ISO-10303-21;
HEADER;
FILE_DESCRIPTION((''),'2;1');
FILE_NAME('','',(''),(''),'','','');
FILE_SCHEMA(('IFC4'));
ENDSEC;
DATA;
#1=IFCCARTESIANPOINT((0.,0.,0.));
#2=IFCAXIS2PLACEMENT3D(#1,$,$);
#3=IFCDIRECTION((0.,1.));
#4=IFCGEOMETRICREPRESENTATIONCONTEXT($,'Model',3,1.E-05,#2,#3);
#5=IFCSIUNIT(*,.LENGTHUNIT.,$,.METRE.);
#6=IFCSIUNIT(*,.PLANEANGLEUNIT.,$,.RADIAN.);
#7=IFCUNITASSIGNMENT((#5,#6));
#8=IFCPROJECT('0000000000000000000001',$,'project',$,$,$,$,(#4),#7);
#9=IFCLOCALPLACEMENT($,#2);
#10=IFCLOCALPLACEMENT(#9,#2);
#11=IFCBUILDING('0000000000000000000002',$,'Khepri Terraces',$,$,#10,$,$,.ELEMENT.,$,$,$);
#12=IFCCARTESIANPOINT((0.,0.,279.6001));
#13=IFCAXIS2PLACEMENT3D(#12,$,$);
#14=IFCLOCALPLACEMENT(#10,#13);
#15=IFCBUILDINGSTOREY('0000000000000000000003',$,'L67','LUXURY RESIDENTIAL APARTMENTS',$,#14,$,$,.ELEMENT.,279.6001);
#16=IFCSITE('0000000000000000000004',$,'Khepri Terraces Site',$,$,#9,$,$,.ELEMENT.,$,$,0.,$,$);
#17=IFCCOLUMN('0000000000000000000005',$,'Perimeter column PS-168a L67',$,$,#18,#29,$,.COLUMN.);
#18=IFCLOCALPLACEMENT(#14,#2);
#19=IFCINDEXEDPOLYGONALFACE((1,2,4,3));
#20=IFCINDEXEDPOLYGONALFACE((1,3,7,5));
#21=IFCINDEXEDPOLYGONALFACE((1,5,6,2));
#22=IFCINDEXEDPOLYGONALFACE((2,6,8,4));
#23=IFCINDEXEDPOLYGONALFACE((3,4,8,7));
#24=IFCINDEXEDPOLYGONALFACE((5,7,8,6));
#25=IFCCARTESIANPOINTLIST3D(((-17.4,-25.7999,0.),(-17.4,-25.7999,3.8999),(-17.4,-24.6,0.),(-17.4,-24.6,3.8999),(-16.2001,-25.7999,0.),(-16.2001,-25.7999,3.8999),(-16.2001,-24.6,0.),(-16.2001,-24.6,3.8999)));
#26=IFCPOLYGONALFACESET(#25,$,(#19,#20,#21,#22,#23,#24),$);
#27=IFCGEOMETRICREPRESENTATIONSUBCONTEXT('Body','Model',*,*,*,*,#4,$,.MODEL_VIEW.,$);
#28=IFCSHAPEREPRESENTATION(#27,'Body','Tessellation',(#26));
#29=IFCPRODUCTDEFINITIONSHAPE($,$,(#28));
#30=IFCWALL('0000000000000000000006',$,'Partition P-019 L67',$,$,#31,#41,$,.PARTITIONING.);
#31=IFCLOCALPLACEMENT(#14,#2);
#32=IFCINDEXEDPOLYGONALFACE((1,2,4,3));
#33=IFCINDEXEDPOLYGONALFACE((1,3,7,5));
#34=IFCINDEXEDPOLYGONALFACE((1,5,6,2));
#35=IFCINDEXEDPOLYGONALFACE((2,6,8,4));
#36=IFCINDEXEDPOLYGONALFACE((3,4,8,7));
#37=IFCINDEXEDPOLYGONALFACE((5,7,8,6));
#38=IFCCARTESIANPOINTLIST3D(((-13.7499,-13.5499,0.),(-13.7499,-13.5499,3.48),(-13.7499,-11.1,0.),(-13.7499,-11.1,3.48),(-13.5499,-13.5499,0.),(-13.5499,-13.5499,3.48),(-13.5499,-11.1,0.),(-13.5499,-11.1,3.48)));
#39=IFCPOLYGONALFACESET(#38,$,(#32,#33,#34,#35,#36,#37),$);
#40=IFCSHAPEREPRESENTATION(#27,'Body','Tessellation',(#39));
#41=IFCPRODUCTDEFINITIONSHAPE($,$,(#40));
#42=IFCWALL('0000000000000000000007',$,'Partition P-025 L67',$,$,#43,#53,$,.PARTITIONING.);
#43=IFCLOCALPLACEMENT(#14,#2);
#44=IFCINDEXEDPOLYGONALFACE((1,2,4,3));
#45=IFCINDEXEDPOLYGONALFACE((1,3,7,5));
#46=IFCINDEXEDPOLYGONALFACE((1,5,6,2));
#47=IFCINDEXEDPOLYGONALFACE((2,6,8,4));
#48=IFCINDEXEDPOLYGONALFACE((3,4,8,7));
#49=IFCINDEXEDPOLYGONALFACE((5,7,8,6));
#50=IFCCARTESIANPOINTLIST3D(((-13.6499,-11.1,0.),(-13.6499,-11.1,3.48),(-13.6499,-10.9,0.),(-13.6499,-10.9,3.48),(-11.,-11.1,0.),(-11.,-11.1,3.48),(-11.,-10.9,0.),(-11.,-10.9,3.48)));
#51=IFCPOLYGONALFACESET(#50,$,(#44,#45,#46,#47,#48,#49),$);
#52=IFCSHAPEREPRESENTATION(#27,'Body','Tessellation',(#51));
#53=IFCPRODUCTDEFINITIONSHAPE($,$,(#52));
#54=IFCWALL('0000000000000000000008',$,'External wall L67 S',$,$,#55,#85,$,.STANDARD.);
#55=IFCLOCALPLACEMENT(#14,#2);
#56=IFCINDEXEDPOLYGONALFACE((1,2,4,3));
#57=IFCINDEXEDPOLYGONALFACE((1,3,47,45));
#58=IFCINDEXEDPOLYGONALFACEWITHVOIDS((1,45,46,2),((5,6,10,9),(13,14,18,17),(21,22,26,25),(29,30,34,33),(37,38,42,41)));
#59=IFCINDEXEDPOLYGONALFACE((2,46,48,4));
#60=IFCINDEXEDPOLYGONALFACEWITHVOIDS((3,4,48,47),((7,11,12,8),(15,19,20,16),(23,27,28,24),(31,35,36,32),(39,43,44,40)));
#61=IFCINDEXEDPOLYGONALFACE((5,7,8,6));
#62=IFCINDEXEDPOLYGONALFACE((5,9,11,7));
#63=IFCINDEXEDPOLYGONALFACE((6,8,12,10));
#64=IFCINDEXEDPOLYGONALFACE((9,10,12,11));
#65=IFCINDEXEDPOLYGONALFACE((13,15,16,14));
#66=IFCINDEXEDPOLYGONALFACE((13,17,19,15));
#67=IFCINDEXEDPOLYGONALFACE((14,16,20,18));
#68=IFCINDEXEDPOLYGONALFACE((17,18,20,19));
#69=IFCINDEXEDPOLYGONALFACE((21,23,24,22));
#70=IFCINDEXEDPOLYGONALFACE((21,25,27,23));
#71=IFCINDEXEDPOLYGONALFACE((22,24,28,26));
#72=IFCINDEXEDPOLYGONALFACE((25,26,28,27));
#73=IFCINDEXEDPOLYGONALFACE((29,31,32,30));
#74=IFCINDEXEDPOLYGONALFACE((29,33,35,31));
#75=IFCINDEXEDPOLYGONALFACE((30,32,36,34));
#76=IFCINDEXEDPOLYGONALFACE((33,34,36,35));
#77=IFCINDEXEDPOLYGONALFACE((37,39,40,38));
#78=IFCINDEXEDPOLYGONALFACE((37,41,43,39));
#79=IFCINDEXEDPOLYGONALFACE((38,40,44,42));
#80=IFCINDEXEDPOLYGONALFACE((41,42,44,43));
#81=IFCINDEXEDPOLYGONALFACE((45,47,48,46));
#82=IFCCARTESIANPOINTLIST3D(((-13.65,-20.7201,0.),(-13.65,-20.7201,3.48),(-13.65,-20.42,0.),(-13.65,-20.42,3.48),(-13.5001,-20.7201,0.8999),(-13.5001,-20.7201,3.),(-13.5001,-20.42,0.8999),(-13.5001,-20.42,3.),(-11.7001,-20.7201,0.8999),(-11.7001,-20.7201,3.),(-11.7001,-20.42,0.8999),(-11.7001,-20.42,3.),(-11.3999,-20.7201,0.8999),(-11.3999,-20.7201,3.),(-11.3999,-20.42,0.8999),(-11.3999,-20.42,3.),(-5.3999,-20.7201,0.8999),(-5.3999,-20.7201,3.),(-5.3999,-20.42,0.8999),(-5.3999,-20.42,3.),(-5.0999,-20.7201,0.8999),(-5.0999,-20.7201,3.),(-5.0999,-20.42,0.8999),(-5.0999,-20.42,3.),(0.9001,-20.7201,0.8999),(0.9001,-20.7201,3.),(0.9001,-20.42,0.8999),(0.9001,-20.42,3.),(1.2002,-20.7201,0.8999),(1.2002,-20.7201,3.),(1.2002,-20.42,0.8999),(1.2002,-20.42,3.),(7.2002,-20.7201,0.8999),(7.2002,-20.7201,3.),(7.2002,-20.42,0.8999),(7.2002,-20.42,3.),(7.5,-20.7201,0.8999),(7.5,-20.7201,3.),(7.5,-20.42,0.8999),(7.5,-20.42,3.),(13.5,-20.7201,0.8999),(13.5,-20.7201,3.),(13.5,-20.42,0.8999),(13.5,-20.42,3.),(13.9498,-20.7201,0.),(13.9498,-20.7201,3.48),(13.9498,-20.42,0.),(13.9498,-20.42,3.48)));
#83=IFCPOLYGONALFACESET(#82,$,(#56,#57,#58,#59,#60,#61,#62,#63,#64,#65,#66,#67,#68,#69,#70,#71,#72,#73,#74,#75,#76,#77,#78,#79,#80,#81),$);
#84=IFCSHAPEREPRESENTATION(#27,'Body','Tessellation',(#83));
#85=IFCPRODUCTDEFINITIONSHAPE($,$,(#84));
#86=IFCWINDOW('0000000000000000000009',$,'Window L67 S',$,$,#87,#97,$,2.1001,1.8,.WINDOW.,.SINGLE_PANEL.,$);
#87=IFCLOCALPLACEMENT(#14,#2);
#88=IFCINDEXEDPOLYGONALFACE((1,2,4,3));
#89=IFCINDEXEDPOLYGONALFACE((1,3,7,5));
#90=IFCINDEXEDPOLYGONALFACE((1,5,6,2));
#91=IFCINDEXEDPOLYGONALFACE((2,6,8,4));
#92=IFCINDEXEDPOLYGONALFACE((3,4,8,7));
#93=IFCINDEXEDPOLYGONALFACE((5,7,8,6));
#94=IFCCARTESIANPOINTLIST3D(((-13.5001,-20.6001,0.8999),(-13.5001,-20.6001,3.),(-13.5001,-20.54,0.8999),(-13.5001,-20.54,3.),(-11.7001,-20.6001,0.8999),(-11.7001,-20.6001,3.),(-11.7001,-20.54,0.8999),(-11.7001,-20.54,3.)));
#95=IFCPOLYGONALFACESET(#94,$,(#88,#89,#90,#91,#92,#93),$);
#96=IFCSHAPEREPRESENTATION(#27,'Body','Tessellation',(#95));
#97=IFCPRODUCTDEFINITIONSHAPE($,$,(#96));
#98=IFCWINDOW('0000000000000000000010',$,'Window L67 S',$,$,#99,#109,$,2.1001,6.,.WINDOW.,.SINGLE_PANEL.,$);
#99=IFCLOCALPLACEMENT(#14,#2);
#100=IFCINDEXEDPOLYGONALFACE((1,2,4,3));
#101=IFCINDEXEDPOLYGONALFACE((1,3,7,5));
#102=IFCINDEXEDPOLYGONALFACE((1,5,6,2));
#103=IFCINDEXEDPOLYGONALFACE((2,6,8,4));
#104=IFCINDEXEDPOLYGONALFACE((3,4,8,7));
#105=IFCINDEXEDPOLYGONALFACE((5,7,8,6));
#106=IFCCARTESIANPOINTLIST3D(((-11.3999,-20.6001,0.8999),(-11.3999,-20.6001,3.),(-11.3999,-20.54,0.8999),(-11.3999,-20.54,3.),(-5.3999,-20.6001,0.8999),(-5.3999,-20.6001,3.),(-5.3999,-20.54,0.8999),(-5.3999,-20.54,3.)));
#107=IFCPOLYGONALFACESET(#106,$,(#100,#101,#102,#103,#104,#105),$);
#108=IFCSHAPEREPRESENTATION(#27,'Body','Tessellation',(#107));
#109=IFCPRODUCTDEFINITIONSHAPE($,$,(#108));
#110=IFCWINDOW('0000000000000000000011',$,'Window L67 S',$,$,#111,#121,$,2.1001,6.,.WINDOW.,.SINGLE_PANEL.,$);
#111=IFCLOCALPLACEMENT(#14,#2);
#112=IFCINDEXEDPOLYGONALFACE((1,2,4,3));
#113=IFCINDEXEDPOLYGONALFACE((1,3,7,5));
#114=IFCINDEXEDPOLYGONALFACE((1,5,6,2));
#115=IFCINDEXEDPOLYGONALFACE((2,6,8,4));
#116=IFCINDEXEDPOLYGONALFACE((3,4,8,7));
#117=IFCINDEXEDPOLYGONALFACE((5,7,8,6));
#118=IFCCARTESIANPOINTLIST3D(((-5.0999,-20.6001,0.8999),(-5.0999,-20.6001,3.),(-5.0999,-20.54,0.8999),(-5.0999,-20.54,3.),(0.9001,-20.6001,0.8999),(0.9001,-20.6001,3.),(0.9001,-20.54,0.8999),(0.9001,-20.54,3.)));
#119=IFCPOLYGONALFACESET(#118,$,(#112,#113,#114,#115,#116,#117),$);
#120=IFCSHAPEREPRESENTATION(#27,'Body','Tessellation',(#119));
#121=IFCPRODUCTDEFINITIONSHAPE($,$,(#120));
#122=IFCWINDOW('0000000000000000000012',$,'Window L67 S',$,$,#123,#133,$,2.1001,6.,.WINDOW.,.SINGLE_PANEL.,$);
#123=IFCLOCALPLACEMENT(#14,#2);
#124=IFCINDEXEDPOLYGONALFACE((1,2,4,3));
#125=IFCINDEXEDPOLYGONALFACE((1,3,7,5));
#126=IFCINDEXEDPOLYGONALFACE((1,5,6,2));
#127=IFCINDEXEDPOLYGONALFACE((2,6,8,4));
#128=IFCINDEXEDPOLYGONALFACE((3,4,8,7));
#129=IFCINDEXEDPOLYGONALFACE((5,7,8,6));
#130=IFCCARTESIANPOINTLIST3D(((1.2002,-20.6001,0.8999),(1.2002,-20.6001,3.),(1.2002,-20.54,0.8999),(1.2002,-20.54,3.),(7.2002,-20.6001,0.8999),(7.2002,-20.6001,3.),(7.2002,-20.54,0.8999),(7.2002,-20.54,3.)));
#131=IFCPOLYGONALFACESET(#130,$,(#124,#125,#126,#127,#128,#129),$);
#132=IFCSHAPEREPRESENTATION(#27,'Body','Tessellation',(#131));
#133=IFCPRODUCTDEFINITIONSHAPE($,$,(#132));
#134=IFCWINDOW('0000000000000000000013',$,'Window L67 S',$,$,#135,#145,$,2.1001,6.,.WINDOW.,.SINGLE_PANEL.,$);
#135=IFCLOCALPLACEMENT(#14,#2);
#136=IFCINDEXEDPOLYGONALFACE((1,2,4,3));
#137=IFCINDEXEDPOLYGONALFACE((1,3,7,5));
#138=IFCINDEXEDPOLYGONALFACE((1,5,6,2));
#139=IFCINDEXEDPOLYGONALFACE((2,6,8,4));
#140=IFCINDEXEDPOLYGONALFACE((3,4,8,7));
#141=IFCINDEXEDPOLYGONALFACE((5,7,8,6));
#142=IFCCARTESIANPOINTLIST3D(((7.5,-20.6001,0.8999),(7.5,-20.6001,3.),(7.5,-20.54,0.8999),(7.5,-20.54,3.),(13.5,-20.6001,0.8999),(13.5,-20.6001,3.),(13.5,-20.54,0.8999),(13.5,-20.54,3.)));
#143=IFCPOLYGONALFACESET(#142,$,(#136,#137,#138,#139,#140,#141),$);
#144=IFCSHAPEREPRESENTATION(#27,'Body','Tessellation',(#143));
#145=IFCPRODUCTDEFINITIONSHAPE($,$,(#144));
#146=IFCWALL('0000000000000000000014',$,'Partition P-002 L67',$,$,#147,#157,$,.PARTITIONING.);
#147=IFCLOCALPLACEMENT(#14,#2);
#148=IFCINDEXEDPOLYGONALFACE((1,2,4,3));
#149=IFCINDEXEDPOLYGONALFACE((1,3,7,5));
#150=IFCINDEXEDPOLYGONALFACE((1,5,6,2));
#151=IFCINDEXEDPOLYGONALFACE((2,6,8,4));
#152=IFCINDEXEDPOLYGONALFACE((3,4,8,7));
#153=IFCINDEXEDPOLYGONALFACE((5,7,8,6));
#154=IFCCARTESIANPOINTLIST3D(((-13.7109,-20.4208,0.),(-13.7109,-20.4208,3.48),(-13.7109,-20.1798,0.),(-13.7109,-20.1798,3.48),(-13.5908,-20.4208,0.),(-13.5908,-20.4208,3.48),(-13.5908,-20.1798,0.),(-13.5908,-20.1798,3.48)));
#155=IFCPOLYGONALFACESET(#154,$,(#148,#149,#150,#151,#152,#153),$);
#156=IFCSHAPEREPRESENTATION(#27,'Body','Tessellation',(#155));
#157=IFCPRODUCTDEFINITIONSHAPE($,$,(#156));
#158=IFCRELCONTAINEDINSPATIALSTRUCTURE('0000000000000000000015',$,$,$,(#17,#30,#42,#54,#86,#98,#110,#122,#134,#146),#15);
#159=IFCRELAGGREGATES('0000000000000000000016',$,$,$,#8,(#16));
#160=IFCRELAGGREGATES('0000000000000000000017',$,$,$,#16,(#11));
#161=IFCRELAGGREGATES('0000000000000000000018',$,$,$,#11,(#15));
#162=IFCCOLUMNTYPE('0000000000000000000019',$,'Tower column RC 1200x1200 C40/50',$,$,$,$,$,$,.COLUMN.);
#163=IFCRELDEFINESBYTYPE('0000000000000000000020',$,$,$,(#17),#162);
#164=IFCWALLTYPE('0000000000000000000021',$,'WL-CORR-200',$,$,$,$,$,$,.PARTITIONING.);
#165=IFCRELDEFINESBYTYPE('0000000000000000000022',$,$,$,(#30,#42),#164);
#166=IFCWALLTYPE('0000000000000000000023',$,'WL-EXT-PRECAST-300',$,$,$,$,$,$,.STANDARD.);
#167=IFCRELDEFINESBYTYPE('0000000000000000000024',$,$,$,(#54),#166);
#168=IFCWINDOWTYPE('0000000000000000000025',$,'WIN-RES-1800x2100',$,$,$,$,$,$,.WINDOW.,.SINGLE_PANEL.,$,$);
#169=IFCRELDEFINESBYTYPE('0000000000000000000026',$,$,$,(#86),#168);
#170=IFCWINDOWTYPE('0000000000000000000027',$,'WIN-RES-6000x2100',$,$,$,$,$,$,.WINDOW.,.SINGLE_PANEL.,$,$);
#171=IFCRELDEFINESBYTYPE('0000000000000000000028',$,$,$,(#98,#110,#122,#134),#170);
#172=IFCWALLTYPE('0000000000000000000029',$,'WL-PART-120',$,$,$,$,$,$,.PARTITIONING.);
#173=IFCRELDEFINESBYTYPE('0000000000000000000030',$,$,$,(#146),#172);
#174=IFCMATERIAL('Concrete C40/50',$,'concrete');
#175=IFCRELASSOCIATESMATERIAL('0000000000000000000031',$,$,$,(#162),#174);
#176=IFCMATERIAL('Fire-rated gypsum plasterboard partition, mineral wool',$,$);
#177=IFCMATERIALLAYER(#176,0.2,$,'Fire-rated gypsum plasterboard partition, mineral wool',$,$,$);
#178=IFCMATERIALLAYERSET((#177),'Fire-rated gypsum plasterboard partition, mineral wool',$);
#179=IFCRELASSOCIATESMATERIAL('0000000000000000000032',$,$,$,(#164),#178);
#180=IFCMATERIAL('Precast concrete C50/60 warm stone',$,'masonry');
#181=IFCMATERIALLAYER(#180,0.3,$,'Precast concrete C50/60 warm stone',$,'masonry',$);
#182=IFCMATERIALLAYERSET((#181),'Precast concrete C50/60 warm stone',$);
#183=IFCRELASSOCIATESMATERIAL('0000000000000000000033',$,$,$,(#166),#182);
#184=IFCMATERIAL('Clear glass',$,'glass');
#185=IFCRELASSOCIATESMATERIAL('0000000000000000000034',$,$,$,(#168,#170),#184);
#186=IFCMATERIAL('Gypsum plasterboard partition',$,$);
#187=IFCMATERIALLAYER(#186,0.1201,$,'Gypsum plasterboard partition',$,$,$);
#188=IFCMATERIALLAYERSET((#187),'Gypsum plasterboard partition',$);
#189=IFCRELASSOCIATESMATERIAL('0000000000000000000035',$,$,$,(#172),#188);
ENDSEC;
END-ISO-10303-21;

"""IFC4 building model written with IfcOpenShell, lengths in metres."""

from ifc_helpers import new_model, si_unit, direction, frame, frame_2d, origin, origin_2d, place, context, subcontext, project, spatial, rectangle, extrude, material, layer, layer_set, material_profile, profile_set, type_object, element, fill, save


model = new_model("IFC4")

# Units and contexts
model_context = context("Model", 3, precision=1e-05, world=origin(), true_north=direction((0.0, 1.0)))
body_context = subcontext(model_context, "Body", "Model", "MODEL_VIEW")
ifc_project = project(units=[si_unit("LENGTHUNIT", "METRE"), si_unit("PLANEANGLEUNIT", "RADIAN")], contexts=[model_context])

# Site, building, storey
site_placement = place(None, origin())
site = spatial("IfcSite", under=ifc_project, at=site_placement, Name="Khepri Terraces Site", CompositionType="ELEMENT", RefElevation=0.0)
building_placement = place(site_placement, origin())
building = spatial("IfcBuilding", under=site, at=building_placement, Name="Khepri Terraces", CompositionType="ELEMENT")
storey_placement = place(building_placement, frame((0.0, 0.0, 279.6001)))
storey = spatial("IfcBuildingStorey", under=building, at=storey_placement, Name="L67", Description="LUXURY RESIDENTIAL APARTMENTS", CompositionType="ELEMENT", Elevation=279.6001)

# Column
ifc_material_1 = material(Name="Concrete C40/50", Category="concrete")
ifc_material_profile = material_profile(ifc_material_1, rectangle(XDim=1.2, YDim=1.2, at=origin_2d()), Name="Concrete C40/50", Category="concrete")
ifc_profile_set = profile_set([ifc_material_profile], Name="Concrete C40/50")
column_type = type_object("IfcColumnType", Name="Tower column RC 1200x1200 C40/50", PredefinedType="COLUMN", material=ifc_profile_set)
column_placement = place(storey_placement, frame((-16.8, -25.2, 0.0), z_axis=(0.0, 0.0, 1.0), x_axis=(1.0, 0.0, 0.0)))
element("IfcColumn", 1, at=column_placement, inside=storey, type_object=column_type, Name="Perimeter column PS-168a L67", PredefinedType="COLUMN", context=body_context, shape_type="SweptSolid", body=[
    extrude(rectangle(XDim=1.2, YDim=1.2, at=origin_2d()), origin(), (0.0, 0.0, 1.0), 3.8999),
])

# Walls
ifc_material_2 = material(Name="Fire-rated gypsum plasterboard partition, mineral wool")
ifc_layer_1 = layer(ifc_material_2, 0.2, Name="Fire-rated gypsum plasterboard partition, mineral wool")
ifc_layer_set_1 = layer_set([ifc_layer_1], Name="Fire-rated gypsum plasterboard partition, mineral wool")
wall_type_1 = type_object("IfcWallType", Name="WL-CORR-200", PredefinedType="PARTITIONING", material=ifc_layer_set_1)
wall_1_placement = place(storey_placement, frame((-13.6499, -13.55, 0.0), z_axis=(0.0, 0.0, 1.0), x_axis=(0.0, 1.0, 0.0)))
element("IfcWall", 2, at=wall_1_placement, inside=storey, type_object=wall_type_1, Name="Partition P-019 L67", PredefinedType="PARTITIONING", context=body_context, shape_type="SweptSolid", body=[
    extrude(rectangle(XDim=2.45, YDim=0.2, at=frame_2d((1.2251, 0.0))), origin(), (0.0, 0.0, 1.0), 3.48),
])
wall_2_placement = place(storey_placement, frame((-13.6499, -11.0, 0.0), z_axis=(0.0, 0.0, 1.0), x_axis=(1.0, 0.0, 0.0)))
element("IfcWall", 3, at=wall_2_placement, inside=storey, type_object=wall_type_1, Name="Partition P-025 L67", PredefinedType="PARTITIONING", context=body_context, shape_type="SweptSolid", body=[
    extrude(rectangle(XDim=2.6499, YDim=0.2, at=frame_2d((1.325, 0.0))), origin(), (0.0, 0.0, 1.0), 3.48),
])

# Shared definitions
ifc_material_3 = material(Name="Precast concrete C50/60 warm stone", Category="masonry")
ifc_layer_2 = layer(ifc_material_3, 0.3, Name="Precast concrete C50/60 warm stone", Category="masonry")
ifc_layer_set_2 = layer_set([ifc_layer_2], Name="Precast concrete C50/60 warm stone")
wall_type_2 = type_object("IfcWallType", Name="WL-EXT-PRECAST-300", PredefinedType="STANDARD", material=ifc_layer_set_2)

# Wall, openings, windows
wall_3_placement = place(storey_placement, frame((-13.6499, -20.5701, 0.0), z_axis=(0.0, 0.0, 1.0), x_axis=(1.0, 0.0, 0.0)))
wall_3 = element("IfcWall", 4, at=wall_3_placement, inside=storey, type_object=wall_type_2, Name="External wall L67 S", PredefinedType="STANDARD", context=body_context, shape_type="SweptSolid", body=[
    extrude(rectangle(XDim=27.5999, YDim=0.3, at=frame_2d((13.7998, 0.0))), origin(), (0.0, 0.0, 1.0), 3.48),
])
opening_1_placement = place(wall_3_placement, frame((0.1499, 0.0, 0.8999)))
opening_1 = element("IfcOpeningElement", 5, at=opening_1_placement, cuts=wall_3, PredefinedType="OPENING", context=body_context, shape_type="SweptSolid", body=[
    extrude(rectangle(XDim=1.8, YDim=2.1001, at=frame_2d((0.8999, 1.05))), frame((0.0, 0.1602, 0.0), z_axis=(0.0, -1.0, 0.0), x_axis=(1.0, 0.0, 0.0)), (0.0, 0.0, 1.0), 0.3201),
])
opening_2_placement = place(wall_3_placement, frame((2.25, 0.0, 0.8999)))
opening_2 = element("IfcOpeningElement", 6, at=opening_2_placement, cuts=wall_3, PredefinedType="OPENING", context=body_context, shape_type="SweptSolid", body=[
    extrude(rectangle(XDim=6.0, YDim=2.1001, at=frame_2d((3.0, 1.05))), frame((0.0, 0.1602, 0.0), z_axis=(0.0, -1.0, 0.0), x_axis=(1.0, 0.0, 0.0)), (0.0, 0.0, 1.0), 0.3201),
])
opening_3_placement = place(wall_3_placement, frame((8.55, 0.0, 0.8999)))
opening_3 = element("IfcOpeningElement", 7, at=opening_3_placement, cuts=wall_3, PredefinedType="OPENING", context=body_context, shape_type="SweptSolid", body=[
    extrude(rectangle(XDim=6.0, YDim=2.1001, at=frame_2d((3.0, 1.05))), frame((0.0, 0.1602, 0.0), z_axis=(0.0, -1.0, 0.0), x_axis=(1.0, 0.0, 0.0)), (0.0, 0.0, 1.0), 0.3201),
])
opening_4_placement = place(wall_3_placement, frame((14.8501, 0.0, 0.8999)))
opening_4 = element("IfcOpeningElement", 8, at=opening_4_placement, cuts=wall_3, PredefinedType="OPENING", context=body_context, shape_type="SweptSolid", body=[
    extrude(rectangle(XDim=6.0, YDim=2.1001, at=frame_2d((3.0, 1.05))), frame((0.0, 0.1602, 0.0), z_axis=(0.0, -1.0, 0.0), x_axis=(1.0, 0.0, 0.0)), (0.0, 0.0, 1.0), 0.3201),
])
opening_5_placement = place(wall_3_placement, frame((21.1499, 0.0, 0.8999)))
opening_5 = element("IfcOpeningElement", 9, at=opening_5_placement, cuts=wall_3, PredefinedType="OPENING", context=body_context, shape_type="SweptSolid", body=[
    extrude(rectangle(XDim=6.0, YDim=2.1001, at=frame_2d((3.0, 1.05))), frame((0.0, 0.1602, 0.0), z_axis=(0.0, -1.0, 0.0), x_axis=(1.0, 0.0, 0.0)), (0.0, 0.0, 1.0), 0.3201),
])
ifc_material_4 = material(Name="Clear glass", Category="glass")
window_type_1 = type_object("IfcWindowType", Name="WIN-RES-1800x2100", PartitioningType="SINGLE_PANEL", PredefinedType="WINDOW", material=ifc_material_4)
window_1_placement = place(opening_1_placement, origin())
window_1 = element("IfcWindow", 10, at=window_1_placement, inside=storey, type_object=window_type_1, Name="Window L67 S", OverallHeight=2.1001, OverallWidth=1.8, PartitioningType="SINGLE_PANEL", PredefinedType="WINDOW", context=body_context, shape_type="SweptSolid", body=[
    extrude(rectangle(XDim=1.8, YDim=2.1001, at=frame_2d((0.8999, 1.05))), frame((0.0, 0.03, 0.0), z_axis=(0.0, -1.0, 0.0), x_axis=(1.0, 0.0, 0.0)), (0.0, 0.0, 1.0), 0.0601),
])
fill(opening_1, window_1)
window_type_2 = type_object("IfcWindowType", Name="WIN-RES-6000x2100", PartitioningType="SINGLE_PANEL", PredefinedType="WINDOW", material=ifc_material_4)
window_2_placement = place(opening_2_placement, origin())
window_2 = element("IfcWindow", 11, at=window_2_placement, inside=storey, type_object=window_type_2, Name="Window L67 S", OverallHeight=2.1001, OverallWidth=6.0, PartitioningType="SINGLE_PANEL", PredefinedType="WINDOW", context=body_context, shape_type="SweptSolid", body=[
    extrude(rectangle(XDim=6.0, YDim=2.1001, at=frame_2d((3.0, 1.05))), frame((0.0, 0.03, 0.0), z_axis=(0.0, -1.0, 0.0), x_axis=(1.0, 0.0, 0.0)), (0.0, 0.0, 1.0), 0.0601),
])
fill(opening_2, window_2)
window_3_placement = place(opening_3_placement, origin())
window_3 = element("IfcWindow", 12, at=window_3_placement, inside=storey, type_object=window_type_2, Name="Window L67 S", OverallHeight=2.1001, OverallWidth=6.0, PartitioningType="SINGLE_PANEL", PredefinedType="WINDOW", context=body_context, shape_type="SweptSolid", body=[
    extrude(rectangle(XDim=6.0, YDim=2.1001, at=frame_2d((3.0, 1.05))), frame((0.0, 0.03, 0.0), z_axis=(0.0, -1.0, 0.0), x_axis=(1.0, 0.0, 0.0)), (0.0, 0.0, 1.0), 0.0601),
])
fill(opening_3, window_3)
window_4_placement = place(opening_4_placement, origin())
window_4 = element("IfcWindow", 13, at=window_4_placement, inside=storey, type_object=window_type_2, Name="Window L67 S", OverallHeight=2.1001, OverallWidth=6.0, PartitioningType="SINGLE_PANEL", PredefinedType="WINDOW", context=body_context, shape_type="SweptSolid", body=[
    extrude(rectangle(XDim=6.0, YDim=2.1001, at=frame_2d((3.0, 1.05))), frame((0.0, 0.03, 0.0), z_axis=(0.0, -1.0, 0.0), x_axis=(1.0, 0.0, 0.0)), (0.0, 0.0, 1.0), 0.0601),
])
fill(opening_4, window_4)
window_5_placement = place(opening_5_placement, origin())
window_5 = element("IfcWindow", 14, at=window_5_placement, inside=storey, type_object=window_type_2, Name="Window L67 S", OverallHeight=2.1001, OverallWidth=6.0, PartitioningType="SINGLE_PANEL", PredefinedType="WINDOW", context=body_context, shape_type="SweptSolid", body=[
    extrude(rectangle(XDim=6.0, YDim=2.1001, at=frame_2d((3.0, 1.05))), frame((0.0, 0.03, 0.0), z_axis=(0.0, -1.0, 0.0), x_axis=(1.0, 0.0, 0.0)), (0.0, 0.0, 1.0), 0.0601),
])
fill(opening_5, window_5)

# Wall
ifc_material_5 = material(Name="Gypsum plasterboard partition")
ifc_layer_3 = layer(ifc_material_5, 0.1201, Name="Gypsum plasterboard partition")
ifc_layer_set_3 = layer_set([ifc_layer_3], Name="Gypsum plasterboard partition")
wall_type_3 = type_object("IfcWallType", Name="WL-PART-120", PredefinedType="PARTITIONING", material=ifc_layer_set_3)
wall_4_placement = place(storey_placement, frame((-13.6509, -20.4209, 0.0), z_axis=(0.0, 0.0, 1.0), x_axis=(0.0, 1.0, 0.0)))
element("IfcWall", 15, at=wall_4_placement, inside=storey, type_object=wall_type_3, Name="Partition P-002 L67", PredefinedType="PARTITIONING", context=body_context, shape_type="SweptSolid", body=[
    extrude(rectangle(XDim=0.241, YDim=0.1201, at=frame_2d((0.1206, 0.0))), origin(), (0.0, 0.0, 1.0), 3.48),
])

save(model, "model.ifc")
